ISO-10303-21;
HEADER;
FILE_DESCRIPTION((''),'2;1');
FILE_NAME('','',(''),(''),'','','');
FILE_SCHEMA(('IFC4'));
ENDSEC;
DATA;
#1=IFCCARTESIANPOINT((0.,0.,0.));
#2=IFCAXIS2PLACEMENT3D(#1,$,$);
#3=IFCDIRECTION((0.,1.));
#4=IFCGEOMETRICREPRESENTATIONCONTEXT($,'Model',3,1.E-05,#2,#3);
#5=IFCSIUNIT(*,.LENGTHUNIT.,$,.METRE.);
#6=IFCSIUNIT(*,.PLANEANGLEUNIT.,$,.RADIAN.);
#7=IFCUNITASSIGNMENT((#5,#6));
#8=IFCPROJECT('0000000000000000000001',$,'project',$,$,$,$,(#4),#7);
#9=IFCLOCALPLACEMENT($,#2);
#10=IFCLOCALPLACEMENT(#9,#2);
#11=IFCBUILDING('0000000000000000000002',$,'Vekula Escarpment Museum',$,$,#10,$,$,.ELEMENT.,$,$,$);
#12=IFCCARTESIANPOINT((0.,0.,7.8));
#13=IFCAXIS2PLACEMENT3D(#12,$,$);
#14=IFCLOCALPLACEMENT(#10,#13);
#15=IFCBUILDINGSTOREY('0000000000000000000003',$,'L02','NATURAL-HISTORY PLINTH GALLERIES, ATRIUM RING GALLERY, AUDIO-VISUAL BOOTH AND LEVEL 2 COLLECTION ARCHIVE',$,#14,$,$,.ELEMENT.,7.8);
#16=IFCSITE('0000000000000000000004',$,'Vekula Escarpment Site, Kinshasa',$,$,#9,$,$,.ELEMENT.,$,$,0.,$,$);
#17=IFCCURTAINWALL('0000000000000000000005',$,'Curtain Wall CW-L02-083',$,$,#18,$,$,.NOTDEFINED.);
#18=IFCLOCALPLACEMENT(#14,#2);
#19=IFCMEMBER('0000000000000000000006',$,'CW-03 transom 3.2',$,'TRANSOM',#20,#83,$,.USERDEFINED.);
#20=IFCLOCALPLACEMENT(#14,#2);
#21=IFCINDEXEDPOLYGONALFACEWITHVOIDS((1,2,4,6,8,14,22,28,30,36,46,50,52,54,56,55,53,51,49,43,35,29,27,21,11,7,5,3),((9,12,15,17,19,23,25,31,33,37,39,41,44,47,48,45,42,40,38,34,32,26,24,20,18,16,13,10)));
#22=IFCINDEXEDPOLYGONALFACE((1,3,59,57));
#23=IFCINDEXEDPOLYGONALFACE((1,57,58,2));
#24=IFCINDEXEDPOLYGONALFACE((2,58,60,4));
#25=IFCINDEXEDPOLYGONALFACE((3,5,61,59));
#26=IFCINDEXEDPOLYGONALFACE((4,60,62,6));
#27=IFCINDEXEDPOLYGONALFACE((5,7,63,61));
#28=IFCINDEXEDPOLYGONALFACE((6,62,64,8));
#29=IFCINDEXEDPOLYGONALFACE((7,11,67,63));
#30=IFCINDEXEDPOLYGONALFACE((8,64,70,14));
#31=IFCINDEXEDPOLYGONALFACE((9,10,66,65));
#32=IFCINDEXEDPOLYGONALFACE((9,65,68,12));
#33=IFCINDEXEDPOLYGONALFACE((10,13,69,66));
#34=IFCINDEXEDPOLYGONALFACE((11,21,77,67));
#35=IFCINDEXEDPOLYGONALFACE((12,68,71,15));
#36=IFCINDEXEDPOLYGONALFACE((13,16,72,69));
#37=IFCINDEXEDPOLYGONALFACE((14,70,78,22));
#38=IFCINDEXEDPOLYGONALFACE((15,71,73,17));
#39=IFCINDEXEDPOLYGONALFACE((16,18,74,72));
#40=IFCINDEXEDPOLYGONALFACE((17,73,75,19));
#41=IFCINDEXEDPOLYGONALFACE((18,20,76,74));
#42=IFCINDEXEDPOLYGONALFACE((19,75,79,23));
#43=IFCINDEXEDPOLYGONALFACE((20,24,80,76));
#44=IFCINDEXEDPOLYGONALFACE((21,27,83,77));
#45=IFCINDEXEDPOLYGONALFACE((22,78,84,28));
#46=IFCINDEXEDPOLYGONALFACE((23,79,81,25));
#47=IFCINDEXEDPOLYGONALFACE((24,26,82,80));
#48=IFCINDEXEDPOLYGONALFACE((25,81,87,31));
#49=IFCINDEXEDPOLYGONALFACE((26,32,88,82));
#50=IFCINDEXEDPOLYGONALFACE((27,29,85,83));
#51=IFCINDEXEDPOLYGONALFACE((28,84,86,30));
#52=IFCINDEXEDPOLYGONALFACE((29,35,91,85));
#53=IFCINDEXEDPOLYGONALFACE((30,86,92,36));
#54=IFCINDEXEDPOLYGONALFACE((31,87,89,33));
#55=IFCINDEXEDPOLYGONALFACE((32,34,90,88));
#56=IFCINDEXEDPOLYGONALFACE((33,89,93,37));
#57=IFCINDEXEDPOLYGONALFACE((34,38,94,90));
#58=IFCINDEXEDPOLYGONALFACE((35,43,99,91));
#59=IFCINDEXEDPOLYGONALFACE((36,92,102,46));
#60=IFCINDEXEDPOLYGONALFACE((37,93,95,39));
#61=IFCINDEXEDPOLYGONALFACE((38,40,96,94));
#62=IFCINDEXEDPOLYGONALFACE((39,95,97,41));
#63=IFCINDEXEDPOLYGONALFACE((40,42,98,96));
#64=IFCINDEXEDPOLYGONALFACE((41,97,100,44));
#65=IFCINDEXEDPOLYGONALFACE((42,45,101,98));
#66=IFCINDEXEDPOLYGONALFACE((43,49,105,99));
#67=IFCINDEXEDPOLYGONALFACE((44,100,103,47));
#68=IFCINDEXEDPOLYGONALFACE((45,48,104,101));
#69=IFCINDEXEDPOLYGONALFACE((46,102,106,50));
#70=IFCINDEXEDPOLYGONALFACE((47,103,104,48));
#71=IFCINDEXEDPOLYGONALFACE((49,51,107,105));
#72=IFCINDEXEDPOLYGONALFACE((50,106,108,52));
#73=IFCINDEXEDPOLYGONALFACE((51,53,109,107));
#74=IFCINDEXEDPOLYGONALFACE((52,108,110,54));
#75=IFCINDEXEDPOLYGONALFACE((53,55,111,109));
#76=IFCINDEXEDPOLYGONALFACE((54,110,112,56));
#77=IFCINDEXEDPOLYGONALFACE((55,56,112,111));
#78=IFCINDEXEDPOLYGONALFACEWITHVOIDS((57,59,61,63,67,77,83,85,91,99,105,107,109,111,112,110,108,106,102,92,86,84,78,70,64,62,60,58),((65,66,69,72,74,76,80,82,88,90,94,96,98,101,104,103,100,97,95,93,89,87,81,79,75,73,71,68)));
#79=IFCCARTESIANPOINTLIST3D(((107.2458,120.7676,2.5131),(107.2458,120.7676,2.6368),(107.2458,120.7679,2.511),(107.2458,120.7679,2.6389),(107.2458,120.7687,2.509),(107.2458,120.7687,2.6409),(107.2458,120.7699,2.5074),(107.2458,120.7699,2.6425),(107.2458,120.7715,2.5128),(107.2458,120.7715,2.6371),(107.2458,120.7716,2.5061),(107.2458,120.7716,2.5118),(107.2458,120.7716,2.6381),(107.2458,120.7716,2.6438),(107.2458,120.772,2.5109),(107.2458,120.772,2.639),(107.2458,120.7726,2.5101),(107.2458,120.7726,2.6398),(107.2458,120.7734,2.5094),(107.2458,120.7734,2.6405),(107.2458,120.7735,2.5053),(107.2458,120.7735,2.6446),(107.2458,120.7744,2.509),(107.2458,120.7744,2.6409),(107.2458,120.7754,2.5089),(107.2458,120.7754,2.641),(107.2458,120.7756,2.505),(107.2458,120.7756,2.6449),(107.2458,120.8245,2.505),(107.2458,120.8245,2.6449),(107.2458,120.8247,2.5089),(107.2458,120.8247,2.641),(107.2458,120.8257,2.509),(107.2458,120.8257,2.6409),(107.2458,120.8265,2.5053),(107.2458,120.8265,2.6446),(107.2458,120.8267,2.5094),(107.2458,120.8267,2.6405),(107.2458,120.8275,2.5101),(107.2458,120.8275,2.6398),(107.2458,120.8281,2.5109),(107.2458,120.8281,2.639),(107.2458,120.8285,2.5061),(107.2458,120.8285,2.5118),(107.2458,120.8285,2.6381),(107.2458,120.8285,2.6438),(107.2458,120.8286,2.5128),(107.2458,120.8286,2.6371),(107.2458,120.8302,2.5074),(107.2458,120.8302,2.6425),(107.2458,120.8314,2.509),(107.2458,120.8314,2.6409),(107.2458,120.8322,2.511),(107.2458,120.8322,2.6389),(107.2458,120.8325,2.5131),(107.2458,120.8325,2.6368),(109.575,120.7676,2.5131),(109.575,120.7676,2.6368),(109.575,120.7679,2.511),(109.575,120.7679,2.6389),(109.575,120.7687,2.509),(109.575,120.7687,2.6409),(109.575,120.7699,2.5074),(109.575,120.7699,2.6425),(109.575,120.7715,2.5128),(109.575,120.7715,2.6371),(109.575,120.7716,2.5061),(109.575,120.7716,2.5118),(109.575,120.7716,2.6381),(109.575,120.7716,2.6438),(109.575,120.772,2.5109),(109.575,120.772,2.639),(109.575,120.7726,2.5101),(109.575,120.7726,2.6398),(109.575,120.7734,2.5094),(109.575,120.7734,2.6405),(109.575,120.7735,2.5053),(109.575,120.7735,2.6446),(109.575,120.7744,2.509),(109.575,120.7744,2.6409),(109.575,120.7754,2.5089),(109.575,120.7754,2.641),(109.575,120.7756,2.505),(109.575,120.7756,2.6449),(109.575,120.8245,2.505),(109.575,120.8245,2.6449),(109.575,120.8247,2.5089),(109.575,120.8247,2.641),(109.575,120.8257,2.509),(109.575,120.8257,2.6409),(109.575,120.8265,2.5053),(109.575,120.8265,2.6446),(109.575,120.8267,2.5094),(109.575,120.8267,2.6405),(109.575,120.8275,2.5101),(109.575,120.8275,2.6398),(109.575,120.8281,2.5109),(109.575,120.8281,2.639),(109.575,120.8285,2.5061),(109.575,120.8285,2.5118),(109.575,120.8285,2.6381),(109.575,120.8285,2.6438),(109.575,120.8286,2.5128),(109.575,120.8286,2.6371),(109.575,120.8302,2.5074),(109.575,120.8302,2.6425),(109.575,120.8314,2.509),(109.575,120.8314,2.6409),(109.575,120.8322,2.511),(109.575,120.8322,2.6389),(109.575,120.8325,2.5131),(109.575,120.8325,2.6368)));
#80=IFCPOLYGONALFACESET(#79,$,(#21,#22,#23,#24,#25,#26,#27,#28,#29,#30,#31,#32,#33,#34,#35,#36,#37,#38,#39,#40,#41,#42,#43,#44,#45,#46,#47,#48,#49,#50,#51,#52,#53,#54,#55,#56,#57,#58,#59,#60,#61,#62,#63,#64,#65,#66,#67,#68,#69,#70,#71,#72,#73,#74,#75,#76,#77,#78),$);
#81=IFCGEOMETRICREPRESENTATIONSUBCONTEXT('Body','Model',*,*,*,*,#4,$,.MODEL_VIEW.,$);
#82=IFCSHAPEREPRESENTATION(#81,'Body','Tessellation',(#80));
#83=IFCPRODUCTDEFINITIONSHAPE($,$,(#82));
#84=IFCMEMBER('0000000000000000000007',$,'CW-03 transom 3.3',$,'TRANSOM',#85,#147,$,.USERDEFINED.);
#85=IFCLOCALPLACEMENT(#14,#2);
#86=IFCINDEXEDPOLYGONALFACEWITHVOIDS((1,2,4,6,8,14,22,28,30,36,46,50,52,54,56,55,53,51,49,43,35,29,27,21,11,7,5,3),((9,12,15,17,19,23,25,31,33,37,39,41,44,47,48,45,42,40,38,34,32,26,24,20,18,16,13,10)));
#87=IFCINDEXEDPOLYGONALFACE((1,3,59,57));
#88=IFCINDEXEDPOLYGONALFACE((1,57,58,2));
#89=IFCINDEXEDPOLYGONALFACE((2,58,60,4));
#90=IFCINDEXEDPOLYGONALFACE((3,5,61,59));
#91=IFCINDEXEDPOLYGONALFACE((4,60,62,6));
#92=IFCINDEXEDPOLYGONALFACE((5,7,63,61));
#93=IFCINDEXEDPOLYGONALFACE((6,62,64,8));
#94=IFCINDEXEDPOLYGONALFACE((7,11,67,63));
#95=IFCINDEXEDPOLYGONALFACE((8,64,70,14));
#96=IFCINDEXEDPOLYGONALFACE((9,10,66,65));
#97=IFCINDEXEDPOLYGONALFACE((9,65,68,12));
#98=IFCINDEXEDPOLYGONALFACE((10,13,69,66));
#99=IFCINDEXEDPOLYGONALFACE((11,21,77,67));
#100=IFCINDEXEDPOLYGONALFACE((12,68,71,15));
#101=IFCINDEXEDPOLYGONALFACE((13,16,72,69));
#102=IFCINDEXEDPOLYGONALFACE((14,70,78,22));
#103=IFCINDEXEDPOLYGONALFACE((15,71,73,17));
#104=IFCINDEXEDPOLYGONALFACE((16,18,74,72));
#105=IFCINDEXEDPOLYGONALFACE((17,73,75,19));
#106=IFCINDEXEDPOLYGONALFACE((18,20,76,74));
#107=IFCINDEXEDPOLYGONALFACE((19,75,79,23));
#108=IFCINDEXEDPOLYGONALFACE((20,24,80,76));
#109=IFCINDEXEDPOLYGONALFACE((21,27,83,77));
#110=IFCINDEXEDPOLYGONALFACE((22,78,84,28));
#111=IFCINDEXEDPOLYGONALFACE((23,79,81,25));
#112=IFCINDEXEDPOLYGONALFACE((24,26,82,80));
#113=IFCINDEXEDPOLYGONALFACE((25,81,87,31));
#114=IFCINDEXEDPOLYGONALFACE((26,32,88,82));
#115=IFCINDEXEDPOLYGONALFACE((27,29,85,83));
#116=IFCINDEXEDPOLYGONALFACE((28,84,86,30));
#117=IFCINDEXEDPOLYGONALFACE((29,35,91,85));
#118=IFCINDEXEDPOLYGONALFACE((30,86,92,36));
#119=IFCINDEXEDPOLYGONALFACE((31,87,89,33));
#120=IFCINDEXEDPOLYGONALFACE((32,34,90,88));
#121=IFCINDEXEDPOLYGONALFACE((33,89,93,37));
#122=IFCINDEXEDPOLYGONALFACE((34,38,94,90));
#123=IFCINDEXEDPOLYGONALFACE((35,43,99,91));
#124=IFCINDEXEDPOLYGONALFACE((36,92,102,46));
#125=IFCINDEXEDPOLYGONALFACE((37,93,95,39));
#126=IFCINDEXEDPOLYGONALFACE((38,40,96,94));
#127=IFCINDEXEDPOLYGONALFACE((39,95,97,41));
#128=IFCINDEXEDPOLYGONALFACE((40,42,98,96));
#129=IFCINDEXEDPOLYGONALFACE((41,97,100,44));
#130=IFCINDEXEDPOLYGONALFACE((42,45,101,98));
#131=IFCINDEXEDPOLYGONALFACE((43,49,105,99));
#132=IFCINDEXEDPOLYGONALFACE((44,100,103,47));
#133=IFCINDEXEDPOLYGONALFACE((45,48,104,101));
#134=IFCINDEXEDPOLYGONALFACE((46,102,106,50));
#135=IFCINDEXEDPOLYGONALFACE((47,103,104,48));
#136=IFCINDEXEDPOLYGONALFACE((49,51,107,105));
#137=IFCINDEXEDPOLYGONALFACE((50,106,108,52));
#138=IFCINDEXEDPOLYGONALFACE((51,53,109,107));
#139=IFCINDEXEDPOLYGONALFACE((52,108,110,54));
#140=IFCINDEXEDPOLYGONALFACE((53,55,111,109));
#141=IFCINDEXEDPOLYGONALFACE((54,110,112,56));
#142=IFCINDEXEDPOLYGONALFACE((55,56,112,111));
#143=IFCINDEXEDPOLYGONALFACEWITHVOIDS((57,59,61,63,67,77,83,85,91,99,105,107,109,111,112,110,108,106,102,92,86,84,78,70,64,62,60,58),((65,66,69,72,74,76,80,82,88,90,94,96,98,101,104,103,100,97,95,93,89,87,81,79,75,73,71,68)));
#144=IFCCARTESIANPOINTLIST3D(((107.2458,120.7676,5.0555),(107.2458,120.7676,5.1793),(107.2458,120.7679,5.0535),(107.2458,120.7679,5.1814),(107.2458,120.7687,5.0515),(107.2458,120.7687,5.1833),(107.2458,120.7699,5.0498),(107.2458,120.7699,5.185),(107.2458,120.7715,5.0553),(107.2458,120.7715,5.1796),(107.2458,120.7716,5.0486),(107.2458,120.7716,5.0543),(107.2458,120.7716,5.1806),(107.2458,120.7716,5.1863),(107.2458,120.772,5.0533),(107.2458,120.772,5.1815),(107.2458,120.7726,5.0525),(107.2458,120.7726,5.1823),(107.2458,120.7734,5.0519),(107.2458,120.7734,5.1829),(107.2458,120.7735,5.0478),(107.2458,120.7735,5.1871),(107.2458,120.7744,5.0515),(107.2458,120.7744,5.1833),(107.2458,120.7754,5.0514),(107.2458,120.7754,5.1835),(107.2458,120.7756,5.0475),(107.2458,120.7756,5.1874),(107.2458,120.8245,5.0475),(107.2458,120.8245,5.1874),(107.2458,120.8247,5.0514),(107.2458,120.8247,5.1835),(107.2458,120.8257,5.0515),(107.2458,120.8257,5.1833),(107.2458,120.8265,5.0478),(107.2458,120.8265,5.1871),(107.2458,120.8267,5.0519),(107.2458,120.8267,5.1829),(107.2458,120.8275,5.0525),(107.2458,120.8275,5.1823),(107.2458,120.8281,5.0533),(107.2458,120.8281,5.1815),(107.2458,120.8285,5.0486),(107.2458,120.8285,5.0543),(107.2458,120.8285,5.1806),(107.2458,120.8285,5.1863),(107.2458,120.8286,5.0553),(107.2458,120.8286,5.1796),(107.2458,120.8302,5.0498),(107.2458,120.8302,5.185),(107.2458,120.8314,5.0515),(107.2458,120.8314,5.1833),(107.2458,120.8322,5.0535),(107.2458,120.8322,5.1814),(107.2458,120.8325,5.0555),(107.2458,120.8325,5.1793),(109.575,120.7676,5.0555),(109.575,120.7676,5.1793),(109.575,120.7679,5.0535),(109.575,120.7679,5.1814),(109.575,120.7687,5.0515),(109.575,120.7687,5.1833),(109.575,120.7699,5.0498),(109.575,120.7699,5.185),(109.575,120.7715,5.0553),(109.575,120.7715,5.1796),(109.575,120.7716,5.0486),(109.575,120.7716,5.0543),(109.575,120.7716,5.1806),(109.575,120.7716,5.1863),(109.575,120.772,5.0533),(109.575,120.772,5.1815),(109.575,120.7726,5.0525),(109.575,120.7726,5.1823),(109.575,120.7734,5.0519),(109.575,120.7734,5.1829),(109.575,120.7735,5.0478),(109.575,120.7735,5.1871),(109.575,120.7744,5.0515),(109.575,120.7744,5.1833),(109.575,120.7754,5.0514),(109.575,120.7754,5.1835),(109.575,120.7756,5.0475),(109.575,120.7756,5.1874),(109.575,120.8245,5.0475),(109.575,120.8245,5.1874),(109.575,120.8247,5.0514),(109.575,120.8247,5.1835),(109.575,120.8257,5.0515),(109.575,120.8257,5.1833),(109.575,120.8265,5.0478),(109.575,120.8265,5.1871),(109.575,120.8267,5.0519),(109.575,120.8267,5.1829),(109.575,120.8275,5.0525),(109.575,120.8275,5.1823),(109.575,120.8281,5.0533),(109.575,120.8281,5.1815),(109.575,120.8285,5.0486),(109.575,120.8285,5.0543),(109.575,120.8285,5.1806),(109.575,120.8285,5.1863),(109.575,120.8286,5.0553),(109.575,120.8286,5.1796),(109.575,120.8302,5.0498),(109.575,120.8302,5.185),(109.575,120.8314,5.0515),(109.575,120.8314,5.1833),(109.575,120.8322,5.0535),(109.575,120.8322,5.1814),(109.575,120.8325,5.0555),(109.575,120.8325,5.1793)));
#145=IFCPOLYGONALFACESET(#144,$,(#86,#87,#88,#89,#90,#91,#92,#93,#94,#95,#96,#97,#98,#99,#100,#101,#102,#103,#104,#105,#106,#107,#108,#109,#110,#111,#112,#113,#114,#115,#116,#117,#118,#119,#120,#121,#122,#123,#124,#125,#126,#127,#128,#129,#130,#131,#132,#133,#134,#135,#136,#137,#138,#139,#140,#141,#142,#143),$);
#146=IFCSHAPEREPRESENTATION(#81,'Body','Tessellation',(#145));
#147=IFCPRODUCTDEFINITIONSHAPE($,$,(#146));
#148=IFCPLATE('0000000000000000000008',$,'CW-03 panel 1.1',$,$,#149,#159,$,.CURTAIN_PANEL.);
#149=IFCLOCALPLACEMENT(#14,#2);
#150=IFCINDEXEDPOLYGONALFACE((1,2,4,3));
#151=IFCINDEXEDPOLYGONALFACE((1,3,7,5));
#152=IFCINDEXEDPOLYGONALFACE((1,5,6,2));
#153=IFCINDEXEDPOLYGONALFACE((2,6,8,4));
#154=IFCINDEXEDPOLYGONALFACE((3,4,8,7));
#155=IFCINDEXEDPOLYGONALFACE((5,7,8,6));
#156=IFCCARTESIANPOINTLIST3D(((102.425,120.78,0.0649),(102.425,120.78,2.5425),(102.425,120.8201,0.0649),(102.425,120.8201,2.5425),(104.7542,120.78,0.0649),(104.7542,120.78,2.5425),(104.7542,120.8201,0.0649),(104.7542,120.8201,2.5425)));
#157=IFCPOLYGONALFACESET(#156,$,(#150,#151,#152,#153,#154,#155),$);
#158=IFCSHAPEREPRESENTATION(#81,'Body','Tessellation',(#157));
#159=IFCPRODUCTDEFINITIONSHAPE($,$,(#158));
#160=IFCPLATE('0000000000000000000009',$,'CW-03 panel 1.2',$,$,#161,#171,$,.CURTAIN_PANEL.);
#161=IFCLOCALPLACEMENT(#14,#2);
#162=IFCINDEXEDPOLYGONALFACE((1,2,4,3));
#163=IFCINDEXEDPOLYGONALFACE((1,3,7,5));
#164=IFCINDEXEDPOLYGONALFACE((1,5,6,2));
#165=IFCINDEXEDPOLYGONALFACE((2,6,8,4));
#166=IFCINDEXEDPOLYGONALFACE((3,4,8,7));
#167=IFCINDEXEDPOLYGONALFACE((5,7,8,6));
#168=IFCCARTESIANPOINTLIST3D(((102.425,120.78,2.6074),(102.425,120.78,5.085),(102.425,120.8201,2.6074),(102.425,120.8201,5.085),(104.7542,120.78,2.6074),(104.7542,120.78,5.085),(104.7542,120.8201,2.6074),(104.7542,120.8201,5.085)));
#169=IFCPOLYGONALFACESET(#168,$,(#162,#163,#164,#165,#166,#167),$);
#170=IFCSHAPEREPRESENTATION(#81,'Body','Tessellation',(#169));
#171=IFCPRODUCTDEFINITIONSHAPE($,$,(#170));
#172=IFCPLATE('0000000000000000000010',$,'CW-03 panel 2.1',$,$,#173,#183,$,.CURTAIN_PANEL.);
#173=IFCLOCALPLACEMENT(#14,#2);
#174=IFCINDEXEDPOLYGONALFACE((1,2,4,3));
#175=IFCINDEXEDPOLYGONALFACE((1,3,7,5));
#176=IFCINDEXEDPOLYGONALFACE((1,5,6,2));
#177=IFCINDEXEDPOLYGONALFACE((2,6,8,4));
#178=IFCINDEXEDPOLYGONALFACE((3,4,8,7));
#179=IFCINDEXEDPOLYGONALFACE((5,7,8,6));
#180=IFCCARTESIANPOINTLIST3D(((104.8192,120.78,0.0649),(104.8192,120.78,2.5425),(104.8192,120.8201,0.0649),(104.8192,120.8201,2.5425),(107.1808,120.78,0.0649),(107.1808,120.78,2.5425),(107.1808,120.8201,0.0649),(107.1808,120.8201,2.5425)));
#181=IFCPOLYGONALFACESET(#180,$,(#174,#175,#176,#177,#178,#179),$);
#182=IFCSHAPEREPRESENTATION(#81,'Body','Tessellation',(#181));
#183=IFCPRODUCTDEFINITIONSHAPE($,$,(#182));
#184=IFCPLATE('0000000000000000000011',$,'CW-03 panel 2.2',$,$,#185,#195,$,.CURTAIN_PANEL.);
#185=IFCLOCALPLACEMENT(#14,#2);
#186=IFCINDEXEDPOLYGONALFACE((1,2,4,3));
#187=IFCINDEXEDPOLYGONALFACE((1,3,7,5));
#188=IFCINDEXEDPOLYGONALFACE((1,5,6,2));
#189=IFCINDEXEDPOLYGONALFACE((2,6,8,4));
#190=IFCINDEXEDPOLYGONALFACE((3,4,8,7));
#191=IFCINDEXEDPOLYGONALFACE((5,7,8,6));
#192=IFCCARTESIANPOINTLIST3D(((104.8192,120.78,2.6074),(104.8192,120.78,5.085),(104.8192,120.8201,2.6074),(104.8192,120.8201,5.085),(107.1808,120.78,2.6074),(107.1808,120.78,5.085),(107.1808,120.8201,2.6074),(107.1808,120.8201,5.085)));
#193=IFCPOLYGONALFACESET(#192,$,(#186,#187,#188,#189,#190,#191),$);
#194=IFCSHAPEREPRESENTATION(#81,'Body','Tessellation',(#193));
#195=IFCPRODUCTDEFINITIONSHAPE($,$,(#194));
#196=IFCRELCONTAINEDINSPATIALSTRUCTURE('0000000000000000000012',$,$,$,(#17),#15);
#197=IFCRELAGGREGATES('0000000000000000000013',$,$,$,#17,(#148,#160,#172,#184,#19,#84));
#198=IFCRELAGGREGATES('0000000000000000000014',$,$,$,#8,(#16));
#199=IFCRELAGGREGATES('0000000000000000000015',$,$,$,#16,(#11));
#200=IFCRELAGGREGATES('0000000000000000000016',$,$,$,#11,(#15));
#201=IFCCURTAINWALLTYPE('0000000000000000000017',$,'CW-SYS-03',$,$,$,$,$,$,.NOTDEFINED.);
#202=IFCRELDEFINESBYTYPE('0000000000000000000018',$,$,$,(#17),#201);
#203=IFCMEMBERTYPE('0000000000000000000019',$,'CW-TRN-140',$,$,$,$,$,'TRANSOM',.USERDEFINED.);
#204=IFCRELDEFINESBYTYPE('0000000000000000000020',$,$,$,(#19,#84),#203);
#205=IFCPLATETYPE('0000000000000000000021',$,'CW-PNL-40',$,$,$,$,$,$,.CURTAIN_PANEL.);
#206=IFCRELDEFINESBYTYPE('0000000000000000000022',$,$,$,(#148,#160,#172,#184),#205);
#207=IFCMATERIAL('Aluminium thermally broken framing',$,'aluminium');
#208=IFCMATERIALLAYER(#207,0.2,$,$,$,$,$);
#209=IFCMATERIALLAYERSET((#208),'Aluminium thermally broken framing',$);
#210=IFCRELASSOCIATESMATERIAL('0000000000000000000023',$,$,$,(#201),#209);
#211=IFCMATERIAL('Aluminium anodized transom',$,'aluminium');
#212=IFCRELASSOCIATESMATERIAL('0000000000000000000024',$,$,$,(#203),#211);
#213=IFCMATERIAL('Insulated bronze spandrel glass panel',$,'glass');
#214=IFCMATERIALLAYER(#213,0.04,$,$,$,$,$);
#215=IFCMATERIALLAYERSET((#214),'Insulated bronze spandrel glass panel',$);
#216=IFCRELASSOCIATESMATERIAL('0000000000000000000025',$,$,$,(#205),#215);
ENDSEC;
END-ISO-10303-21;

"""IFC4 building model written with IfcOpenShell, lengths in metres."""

from ifc_helpers import new_model, si_unit, direction, frame, origin, origin_2d, place, context, subcontext, project, spatial, rectangle, hollow_rectangle, extrude, material, layer, layer_set, material_profile, profile_set, type_object, element, aggregate, save


model = new_model("IFC4")

# Units and contexts
model_context = context("Model", 3, precision=1e-05, world=origin(), true_north=direction((0.0, 1.0)))
body_context = subcontext(model_context, "Body", "Model", "MODEL_VIEW")
ifc_project = project(units=[si_unit("LENGTHUNIT", "METRE"), si_unit("PLANEANGLEUNIT", "RADIAN")], contexts=[model_context])

# Site, building, storey
site_placement = place(None, origin())
site = spatial("IfcSite", under=ifc_project, at=site_placement, Name="Vekula Escarpment Site, Kinshasa", CompositionType="ELEMENT", RefElevation=0.0)
building_placement = place(site_placement, origin())
building = spatial("IfcBuilding", under=site, at=building_placement, Name="Vekula Escarpment Museum", CompositionType="ELEMENT")
storey_placement = place(building_placement, frame((0.0, 0.0, 7.8)))
storey = spatial("IfcBuildingStorey", under=building, at=storey_placement, Name="L02", Description="NATURAL-HISTORY PLINTH GALLERIES, ATRIUM RING GALLERY, AUDIO-VISUAL BOOTH AND LEVEL 2 COLLECTION ARCHIVE", CompositionType="ELEMENT", Elevation=7.8)

# Curtain wall, members, plates
ifc_material_1 = material(Name="Aluminium thermally broken framing", Category="aluminium")
ifc_layer_1 = layer(ifc_material_1, 0.2)
ifc_layer_set_1 = layer_set([ifc_layer_1], Name="Aluminium thermally broken framing")
curtain_wall_type = type_object("IfcCurtainWallType", Name="CW-SYS-03", PredefinedType="NOTDEFINED", material=ifc_layer_set_1)
curtain_wall_placement = place(storey_placement, origin())
curtain_wall = element("IfcCurtainWall", 1, at=curtain_wall_placement, inside=storey, type_object=curtain_wall_type, Name="Curtain Wall CW-L02-083", PredefinedType="NOTDEFINED")
ifc_material_2 = material(Name="Aluminium anodized transom", Category="aluminium")
ifc_material_profile_1 = material_profile(ifc_material_2, hollow_rectangle(XDim=0.0649, YDim=0.1399, WallThickness=0.0039, InnerFilletRadius=0.0039, OuterFilletRadius=0.0081, at=origin_2d()), Name="ALU 140x65x4")
ifc_profile_set_1 = profile_set([ifc_material_profile_1], Name="Aluminium anodized transom")
member_type_1 = type_object("IfcMemberType", Name="CW-TRN-140", ElementType="TRANSOM", PredefinedType="USERDEFINED", material=ifc_profile_set_1)
member_1_placement = place(storey_placement, frame((107.2458, 120.8, 2.575), z_axis=(1.0, 0.0, 0.0), x_axis=(0.0, 1.0, 0.0)))
member_1 = element("IfcMember", 2, at=member_1_placement, type_object=member_type_1, Name="CW-03 transom 3.2", ObjectType="TRANSOM", PredefinedType="USERDEFINED", context=body_context, shape_type="SweptSolid", body=[
    extrude(hollow_rectangle(XDim=0.0649, YDim=0.1399, WallThickness=0.0039, InnerFilletRadius=0.0039, OuterFilletRadius=0.0081, at=origin_2d()), origin(), (0.0, 0.0, 1.0), 2.3291),
])
member_2_placement = place(storey_placement, frame((107.2458, 120.8, 5.1174), z_axis=(1.0, 0.0, 0.0), x_axis=(0.0, 1.0, 0.0)))
member_2 = element("IfcMember", 3, at=member_2_placement, type_object=member_type_1, Name="CW-03 transom 3.3", ObjectType="TRANSOM", PredefinedType="USERDEFINED", context=body_context, shape_type="SweptSolid", body=[
    extrude(hollow_rectangle(XDim=0.0649, YDim=0.1399, WallThickness=0.0039, InnerFilletRadius=0.0039, OuterFilletRadius=0.0081, at=origin_2d()), origin(), (0.0, 0.0, 1.0), 2.3291),
])
ifc_material_3 = material(Name="Insulated bronze spandrel glass panel", Category="glass")
ifc_layer_2 = layer(ifc_material_3, 0.04)
ifc_layer_set_2 = layer_set([ifc_layer_2], Name="Insulated bronze spandrel glass panel")
plate_type = type_object("IfcPlateType", Name="CW-PNL-40", PredefinedType="CURTAIN_PANEL", material=ifc_layer_set_2)
plate_1_placement = place(storey_placement, frame((103.5896, 120.8, 0.0649), z_axis=(0.0, 0.0, 1.0), x_axis=(1.0, 0.0, 0.0)))
plate_1 = element("IfcPlate", 4, at=plate_1_placement, type_object=plate_type, Name="CW-03 panel 1.1", PredefinedType="CURTAIN_PANEL", context=body_context, shape_type="SweptSolid", body=[
    extrude(rectangle(XDim=2.3291, YDim=0.04, at=origin_2d()), origin(), (0.0, 0.0, 1.0), 2.4775),
])
plate_2_placement = place(storey_placement, frame((103.5896, 120.8, 2.6074), z_axis=(0.0, 0.0, 1.0), x_axis=(1.0, 0.0, 0.0)))
plate_2 = element("IfcPlate", 5, at=plate_2_placement, type_object=plate_type, Name="CW-03 panel 1.2", PredefinedType="CURTAIN_PANEL", context=body_context, shape_type="SweptSolid", body=[
    extrude(rectangle(XDim=2.3291, YDim=0.04, at=origin_2d()), origin(), (0.0, 0.0, 1.0), 2.4775),
])
plate_3_placement = place(storey_placement, frame((106.0, 120.8, 0.0649), z_axis=(0.0, 0.0, 1.0), x_axis=(1.0, 0.0, 0.0)))
plate_3 = element("IfcPlate", 6, at=plate_3_placement, type_object=plate_type, Name="CW-03 panel 2.1", PredefinedType="CURTAIN_PANEL", context=body_context, shape_type="SweptSolid", body=[
    extrude(rectangle(XDim=2.3616, YDim=0.04, at=origin_2d()), origin(), (0.0, 0.0, 1.0), 2.4775),
])
plate_4_placement = place(storey_placement, frame((106.0, 120.8, 2.6074), z_axis=(0.0, 0.0, 1.0), x_axis=(1.0, 0.0, 0.0)))
plate_4 = element("IfcPlate", 7, at=plate_4_placement, type_object=plate_type, Name="CW-03 panel 2.2", PredefinedType="CURTAIN_PANEL", context=body_context, shape_type="SweptSolid", body=[
    extrude(rectangle(XDim=2.3616, YDim=0.04, at=origin_2d()), origin(), (0.0, 0.0, 1.0), 2.4775),
])
aggregate(curtain_wall, [plate_1, plate_2, plate_3, plate_4, member_1, member_2])

save(model, "model.ifc")
